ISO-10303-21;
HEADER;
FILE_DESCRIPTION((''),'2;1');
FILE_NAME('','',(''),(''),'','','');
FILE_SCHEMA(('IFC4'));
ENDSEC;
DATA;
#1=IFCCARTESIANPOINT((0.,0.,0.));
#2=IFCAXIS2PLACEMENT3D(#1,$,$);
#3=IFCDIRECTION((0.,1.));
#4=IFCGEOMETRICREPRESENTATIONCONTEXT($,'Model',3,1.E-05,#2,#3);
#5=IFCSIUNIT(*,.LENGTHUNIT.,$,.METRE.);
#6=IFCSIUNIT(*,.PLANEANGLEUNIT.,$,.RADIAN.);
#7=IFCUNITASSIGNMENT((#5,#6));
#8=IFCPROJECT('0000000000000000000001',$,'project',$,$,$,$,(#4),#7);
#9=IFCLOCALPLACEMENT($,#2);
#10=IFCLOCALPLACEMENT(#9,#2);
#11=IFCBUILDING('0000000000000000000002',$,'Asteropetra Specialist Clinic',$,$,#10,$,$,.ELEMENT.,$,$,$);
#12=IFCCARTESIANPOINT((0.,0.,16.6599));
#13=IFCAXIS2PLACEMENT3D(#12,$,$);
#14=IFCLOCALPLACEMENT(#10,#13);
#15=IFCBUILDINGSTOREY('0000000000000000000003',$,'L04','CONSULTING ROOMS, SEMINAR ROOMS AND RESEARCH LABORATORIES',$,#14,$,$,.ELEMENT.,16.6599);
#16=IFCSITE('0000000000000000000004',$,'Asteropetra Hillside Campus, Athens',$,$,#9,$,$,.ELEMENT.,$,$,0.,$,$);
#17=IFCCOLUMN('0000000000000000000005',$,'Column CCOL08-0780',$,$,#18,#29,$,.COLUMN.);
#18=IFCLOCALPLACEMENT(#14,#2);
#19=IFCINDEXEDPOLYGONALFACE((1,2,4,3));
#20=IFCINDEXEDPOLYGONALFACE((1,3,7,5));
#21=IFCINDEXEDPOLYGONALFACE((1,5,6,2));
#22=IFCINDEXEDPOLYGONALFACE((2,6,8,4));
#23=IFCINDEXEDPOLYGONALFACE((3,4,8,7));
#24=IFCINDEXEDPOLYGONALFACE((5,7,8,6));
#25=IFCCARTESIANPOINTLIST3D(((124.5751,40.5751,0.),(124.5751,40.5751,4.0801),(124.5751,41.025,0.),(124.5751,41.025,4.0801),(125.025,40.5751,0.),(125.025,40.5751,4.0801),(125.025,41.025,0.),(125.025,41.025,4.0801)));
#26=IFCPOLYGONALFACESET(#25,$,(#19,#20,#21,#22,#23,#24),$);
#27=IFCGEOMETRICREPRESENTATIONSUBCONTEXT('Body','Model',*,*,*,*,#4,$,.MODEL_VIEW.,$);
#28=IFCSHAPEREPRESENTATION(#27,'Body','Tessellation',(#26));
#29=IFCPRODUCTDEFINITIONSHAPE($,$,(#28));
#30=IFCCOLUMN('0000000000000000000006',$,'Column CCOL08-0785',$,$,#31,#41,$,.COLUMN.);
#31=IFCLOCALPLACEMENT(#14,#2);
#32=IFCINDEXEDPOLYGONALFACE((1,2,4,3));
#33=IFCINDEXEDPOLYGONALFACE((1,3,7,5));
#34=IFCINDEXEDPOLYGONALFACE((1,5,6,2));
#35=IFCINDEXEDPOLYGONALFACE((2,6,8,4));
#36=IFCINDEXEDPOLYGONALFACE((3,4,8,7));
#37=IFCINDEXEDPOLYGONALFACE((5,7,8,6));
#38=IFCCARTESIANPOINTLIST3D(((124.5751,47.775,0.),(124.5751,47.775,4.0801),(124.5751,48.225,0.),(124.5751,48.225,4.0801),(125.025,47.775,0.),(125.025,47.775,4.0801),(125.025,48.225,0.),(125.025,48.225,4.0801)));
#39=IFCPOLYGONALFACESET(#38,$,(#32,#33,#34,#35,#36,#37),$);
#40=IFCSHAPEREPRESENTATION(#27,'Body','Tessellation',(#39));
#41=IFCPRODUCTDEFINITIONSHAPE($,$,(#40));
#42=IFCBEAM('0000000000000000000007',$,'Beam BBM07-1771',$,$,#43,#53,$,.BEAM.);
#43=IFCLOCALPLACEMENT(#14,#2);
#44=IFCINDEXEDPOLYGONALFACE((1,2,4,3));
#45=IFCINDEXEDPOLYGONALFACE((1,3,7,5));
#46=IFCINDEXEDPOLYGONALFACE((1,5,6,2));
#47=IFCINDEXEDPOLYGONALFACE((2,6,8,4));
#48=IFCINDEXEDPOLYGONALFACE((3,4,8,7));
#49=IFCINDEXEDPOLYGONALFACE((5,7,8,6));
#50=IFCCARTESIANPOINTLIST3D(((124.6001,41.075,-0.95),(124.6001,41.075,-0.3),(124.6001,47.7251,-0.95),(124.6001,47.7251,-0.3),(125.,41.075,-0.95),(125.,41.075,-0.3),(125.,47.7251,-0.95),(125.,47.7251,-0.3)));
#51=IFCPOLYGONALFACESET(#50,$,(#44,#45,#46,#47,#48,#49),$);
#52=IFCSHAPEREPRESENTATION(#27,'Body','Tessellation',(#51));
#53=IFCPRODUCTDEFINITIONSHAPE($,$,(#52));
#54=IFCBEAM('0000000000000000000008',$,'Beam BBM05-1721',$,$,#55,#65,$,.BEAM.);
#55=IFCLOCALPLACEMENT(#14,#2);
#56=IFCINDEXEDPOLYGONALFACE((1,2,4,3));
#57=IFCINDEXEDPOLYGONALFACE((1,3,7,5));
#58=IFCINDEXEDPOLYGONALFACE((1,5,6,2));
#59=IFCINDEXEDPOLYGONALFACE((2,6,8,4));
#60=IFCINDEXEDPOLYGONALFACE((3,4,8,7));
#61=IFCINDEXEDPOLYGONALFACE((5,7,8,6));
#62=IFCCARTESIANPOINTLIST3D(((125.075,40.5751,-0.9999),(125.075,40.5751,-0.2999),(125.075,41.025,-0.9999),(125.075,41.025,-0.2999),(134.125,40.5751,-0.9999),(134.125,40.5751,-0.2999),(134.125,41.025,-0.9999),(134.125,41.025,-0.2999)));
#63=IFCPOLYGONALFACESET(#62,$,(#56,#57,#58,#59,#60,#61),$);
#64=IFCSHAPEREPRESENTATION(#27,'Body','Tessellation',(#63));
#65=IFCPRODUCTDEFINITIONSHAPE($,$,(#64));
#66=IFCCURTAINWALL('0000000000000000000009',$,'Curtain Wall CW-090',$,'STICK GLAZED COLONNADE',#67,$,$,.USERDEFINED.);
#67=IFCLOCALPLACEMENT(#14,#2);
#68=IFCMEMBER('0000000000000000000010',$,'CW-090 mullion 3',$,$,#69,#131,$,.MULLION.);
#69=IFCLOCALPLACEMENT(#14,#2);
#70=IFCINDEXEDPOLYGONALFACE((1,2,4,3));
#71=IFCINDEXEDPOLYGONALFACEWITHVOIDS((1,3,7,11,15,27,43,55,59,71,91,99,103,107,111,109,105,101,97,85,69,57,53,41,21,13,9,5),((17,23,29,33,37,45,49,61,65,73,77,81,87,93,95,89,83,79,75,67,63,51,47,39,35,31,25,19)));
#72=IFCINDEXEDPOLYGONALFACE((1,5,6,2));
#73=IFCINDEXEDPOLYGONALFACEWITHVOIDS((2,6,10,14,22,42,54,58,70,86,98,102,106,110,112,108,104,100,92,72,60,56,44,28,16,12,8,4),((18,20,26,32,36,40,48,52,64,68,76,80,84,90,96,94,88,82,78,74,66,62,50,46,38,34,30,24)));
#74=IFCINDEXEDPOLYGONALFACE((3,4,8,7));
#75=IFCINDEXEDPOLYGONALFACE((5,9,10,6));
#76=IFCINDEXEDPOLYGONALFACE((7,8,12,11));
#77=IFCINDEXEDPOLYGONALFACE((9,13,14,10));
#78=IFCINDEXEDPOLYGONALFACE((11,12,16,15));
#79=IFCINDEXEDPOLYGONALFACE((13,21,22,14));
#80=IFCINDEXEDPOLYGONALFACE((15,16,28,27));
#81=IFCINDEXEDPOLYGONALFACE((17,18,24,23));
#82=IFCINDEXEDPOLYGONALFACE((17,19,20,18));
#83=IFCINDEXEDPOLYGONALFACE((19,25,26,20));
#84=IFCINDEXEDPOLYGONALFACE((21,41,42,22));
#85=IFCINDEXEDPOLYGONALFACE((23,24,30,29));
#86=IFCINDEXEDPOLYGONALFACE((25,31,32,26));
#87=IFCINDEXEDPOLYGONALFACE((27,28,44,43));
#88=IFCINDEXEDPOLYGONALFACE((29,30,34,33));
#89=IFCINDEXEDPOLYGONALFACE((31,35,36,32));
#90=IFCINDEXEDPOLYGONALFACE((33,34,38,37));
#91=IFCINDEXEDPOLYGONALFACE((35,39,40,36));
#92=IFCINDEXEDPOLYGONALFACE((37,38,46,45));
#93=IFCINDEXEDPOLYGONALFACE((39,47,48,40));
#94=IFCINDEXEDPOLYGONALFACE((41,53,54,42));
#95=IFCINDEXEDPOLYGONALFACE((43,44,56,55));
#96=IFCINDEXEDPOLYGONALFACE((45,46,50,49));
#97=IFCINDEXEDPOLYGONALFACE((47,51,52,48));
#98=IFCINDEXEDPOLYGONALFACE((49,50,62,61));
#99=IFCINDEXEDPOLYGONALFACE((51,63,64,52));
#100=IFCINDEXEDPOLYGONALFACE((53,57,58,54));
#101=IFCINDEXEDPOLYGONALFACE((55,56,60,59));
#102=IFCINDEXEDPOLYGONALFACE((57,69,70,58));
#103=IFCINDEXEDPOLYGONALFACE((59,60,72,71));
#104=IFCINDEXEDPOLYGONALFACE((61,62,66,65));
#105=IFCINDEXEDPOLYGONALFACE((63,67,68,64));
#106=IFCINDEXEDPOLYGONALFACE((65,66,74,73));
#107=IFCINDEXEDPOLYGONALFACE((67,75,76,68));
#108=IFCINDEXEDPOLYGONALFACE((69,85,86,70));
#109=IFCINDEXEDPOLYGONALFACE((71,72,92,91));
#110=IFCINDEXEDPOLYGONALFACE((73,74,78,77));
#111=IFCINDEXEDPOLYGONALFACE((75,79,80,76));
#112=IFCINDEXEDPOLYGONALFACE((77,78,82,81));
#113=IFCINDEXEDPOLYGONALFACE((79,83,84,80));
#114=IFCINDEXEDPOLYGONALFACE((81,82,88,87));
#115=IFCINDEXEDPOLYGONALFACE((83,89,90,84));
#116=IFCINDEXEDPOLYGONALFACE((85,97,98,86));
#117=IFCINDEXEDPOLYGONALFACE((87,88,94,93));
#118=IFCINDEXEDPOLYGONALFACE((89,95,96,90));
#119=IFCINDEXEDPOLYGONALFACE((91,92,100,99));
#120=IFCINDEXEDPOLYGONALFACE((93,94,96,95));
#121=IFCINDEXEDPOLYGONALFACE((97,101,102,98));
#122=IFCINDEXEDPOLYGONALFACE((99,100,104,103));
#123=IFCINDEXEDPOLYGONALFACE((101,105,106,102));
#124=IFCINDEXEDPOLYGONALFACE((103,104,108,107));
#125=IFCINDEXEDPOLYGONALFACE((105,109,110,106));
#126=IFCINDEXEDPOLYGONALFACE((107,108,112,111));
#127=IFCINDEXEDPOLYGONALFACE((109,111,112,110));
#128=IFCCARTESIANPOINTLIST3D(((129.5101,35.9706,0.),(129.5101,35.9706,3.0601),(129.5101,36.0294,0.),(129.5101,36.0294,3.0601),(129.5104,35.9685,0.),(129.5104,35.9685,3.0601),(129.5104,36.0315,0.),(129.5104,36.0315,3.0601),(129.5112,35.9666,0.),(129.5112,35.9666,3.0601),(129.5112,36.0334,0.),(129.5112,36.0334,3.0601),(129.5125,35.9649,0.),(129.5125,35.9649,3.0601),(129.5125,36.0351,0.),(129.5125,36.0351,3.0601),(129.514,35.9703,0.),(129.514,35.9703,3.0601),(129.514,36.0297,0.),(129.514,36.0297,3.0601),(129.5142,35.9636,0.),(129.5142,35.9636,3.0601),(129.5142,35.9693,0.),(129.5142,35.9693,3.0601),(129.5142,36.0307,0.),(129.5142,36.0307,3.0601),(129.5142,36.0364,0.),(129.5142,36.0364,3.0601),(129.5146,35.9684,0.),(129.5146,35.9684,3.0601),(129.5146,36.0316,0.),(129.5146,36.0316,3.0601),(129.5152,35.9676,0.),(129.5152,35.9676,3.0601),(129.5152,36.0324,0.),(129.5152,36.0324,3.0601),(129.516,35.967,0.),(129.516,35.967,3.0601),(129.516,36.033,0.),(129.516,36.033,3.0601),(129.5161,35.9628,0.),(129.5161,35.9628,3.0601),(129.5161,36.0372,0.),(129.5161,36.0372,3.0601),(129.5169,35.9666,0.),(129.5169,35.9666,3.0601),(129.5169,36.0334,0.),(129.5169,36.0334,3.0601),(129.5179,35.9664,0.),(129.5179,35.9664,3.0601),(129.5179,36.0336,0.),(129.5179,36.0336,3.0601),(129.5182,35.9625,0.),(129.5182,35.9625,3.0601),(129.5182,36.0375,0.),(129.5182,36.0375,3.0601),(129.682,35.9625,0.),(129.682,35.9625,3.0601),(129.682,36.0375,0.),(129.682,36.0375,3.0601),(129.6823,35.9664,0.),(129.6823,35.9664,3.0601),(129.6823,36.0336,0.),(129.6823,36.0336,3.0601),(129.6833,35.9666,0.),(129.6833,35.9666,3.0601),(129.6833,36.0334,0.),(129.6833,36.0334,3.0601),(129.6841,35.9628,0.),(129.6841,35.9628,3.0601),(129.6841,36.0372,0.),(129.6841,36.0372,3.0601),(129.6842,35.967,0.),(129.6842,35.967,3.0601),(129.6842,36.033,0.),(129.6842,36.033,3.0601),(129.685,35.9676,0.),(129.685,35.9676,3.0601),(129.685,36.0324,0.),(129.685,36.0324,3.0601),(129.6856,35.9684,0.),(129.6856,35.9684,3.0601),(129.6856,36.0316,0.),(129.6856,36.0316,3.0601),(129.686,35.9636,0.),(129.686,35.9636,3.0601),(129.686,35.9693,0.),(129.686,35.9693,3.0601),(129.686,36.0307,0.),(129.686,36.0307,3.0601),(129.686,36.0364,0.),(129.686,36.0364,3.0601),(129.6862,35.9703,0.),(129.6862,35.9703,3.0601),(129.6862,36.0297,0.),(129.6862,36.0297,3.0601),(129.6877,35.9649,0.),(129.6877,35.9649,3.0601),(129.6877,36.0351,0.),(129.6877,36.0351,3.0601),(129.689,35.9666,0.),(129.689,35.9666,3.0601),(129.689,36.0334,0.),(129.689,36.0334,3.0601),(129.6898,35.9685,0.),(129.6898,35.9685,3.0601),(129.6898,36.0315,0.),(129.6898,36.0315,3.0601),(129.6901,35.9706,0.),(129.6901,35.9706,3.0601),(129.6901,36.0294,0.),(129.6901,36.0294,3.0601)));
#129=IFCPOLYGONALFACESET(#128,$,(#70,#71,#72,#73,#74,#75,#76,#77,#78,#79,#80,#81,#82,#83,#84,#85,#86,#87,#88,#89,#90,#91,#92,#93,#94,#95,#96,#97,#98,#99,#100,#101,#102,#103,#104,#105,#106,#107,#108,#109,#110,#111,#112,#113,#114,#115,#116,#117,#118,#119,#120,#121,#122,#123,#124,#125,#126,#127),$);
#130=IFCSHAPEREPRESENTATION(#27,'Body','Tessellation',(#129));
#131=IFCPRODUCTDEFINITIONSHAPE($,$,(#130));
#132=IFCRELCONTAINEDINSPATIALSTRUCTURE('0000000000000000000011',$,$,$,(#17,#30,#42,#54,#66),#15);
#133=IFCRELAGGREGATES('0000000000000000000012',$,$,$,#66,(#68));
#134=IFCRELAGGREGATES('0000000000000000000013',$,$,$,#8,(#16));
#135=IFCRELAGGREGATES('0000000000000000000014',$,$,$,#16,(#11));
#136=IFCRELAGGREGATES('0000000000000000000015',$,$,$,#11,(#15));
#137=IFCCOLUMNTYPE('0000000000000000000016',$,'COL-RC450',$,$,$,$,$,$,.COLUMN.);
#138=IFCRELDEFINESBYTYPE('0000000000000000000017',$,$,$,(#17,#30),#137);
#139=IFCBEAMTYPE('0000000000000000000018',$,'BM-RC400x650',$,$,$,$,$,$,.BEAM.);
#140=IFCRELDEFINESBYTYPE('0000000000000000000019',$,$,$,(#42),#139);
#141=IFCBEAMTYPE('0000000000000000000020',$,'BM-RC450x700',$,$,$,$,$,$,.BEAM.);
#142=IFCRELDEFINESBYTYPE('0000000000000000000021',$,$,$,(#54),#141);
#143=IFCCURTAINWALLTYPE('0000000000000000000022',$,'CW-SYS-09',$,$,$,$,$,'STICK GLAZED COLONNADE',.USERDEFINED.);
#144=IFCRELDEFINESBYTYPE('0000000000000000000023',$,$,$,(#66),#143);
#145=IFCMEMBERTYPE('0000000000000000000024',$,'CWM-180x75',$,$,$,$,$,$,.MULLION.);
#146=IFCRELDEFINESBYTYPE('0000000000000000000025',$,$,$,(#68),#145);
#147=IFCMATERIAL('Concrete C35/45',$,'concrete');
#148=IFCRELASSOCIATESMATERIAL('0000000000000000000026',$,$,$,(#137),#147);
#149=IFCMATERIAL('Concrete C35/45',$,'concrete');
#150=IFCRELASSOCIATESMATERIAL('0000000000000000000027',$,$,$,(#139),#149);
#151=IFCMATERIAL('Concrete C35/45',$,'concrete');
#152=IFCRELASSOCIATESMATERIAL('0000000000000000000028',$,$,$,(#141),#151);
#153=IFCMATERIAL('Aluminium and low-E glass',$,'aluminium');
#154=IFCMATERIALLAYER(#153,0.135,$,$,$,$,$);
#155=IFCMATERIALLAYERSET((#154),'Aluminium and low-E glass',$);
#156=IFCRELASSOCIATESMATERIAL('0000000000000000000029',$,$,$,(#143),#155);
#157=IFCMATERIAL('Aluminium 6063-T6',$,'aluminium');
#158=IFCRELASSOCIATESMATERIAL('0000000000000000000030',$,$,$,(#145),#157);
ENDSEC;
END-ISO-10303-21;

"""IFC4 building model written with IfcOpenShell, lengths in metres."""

from ifc_helpers import new_model, si_unit, direction, frame, origin, origin_2d, place, context, subcontext, project, spatial, rectangle, hollow_rectangle, extrude, material, layer, layer_set, material_profile, profile_set, type_object, element, aggregate, save


model = new_model("IFC4")

# Units and contexts
model_context = context("Model", 3, precision=1e-05, world=origin(), true_north=direction((0.0, 1.0)))
body_context = subcontext(model_context, "Body", "Model", "MODEL_VIEW")
ifc_project = project(units=[si_unit("LENGTHUNIT", "METRE"), si_unit("PLANEANGLEUNIT", "RADIAN")], contexts=[model_context])

# Site, building, storey
site_placement = place(None, origin())
site = spatial("IfcSite", under=ifc_project, at=site_placement, Name="Asteropetra Hillside Campus, Athens", CompositionType="ELEMENT", RefElevation=0.0)
building_placement = place(site_placement, origin())
building = spatial("IfcBuilding", under=site, at=building_placement, Name="Asteropetra Specialist Clinic", CompositionType="ELEMENT")
storey_placement = place(building_placement, frame((0.0, 0.0, 16.6599)))
storey = spatial("IfcBuildingStorey", under=building, at=storey_placement, Name="L04", Description="CONSULTING ROOMS, SEMINAR ROOMS AND RESEARCH LABORATORIES", CompositionType="ELEMENT", Elevation=16.6599)

# Columns
ifc_material_1 = material(Name="Concrete C35/45", Category="concrete")
ifc_material_profile_1 = material_profile(ifc_material_1, rectangle(XDim=0.45, YDim=0.45, at=origin_2d()), Name="RC 450x450")
ifc_profile_set_1 = profile_set([ifc_material_profile_1], Name="Concrete C35/45")
column_type = type_object("IfcColumnType", Name="COL-RC450", PredefinedType="COLUMN", material=ifc_profile_set_1)
for number, where, z_axis, x_axis, name in (
    (1, (124.8, 40.8, 0.0), (0.0, 0.0, 1.0), (1.0, 0.0, 0.0), "Column CCOL08-0780"),
    (2, (124.8, 48.0, 0.0), (0.0, 0.0, 1.0), (1.0, 0.0, 0.0), "Column CCOL08-0785"),
):
    element("IfcColumn", number, at=place(storey_placement, frame(where, z_axis=z_axis, x_axis=x_axis)), inside=storey, type_object=column_type, Name=name, PredefinedType="COLUMN", context=body_context, shape_type="SweptSolid", body=[
        extrude(rectangle(XDim=0.45, YDim=0.45, at=origin_2d()), origin(), (0.0, 0.0, 1.0), 4.0801),
    ])

# Beams
ifc_material_2 = material(Name="Concrete C35/45", Category="concrete")
ifc_material_profile_2 = material_profile(ifc_material_2, rectangle(XDim=0.3999, YDim=0.6499, at=origin_2d()), Name="RCB 400x650")
ifc_profile_set_2 = profile_set([ifc_material_profile_2], Name="Concrete C35/45")
beam_type_1 = type_object("IfcBeamType", Name="BM-RC400x650", PredefinedType="BEAM", material=ifc_profile_set_2)
beam_1_placement = place(storey_placement, frame((124.8, 41.075, -0.625), z_axis=(0.0, 1.0, 0.0), x_axis=(-1.0, 0.0, 0.0)))
element("IfcBeam", 3, at=beam_1_placement, inside=storey, type_object=beam_type_1, Name="Beam BBM07-1771", PredefinedType="BEAM", context=body_context, shape_type="SweptSolid", body=[
    extrude(rectangle(XDim=0.3999, YDim=0.6499, at=origin_2d()), origin(), (0.0, 0.0, 1.0), 6.6501),
])
ifc_material_3 = material(Name="Concrete C35/45", Category="concrete")
ifc_material_profile_3 = material_profile(ifc_material_3, rectangle(XDim=0.45, YDim=0.7, at=origin_2d()), Name="RCB 450x700")
ifc_profile_set_3 = profile_set([ifc_material_profile_3], Name="Concrete C35/45")
beam_type_2 = type_object("IfcBeamType", Name="BM-RC450x700", PredefinedType="BEAM", material=ifc_profile_set_3)
beam_2_placement = place(storey_placement, frame((125.075, 40.8, -0.6499), z_axis=(1.0, 0.0, 0.0), x_axis=(0.0, 1.0, 0.0)))
element("IfcBeam", 4, at=beam_2_placement, inside=storey, type_object=beam_type_2, Name="Beam BBM05-1721", PredefinedType="BEAM", context=body_context, shape_type="SweptSolid", body=[
    extrude(rectangle(XDim=0.45, YDim=0.7, at=origin_2d()), origin(), (0.0, 0.0, 1.0), 9.05),
])

# Curtain wall, member
ifc_material_4 = material(Name="Aluminium and low-E glass", Category="aluminium")
ifc_layer_1 = layer(ifc_material_4, 0.135)
ifc_layer_set_1 = layer_set([ifc_layer_1], Name="Aluminium and low-E glass")
curtain_wall_type = type_object("IfcCurtainWallType", Name="CW-SYS-09", ElementType="STICK GLAZED COLONNADE", PredefinedType="USERDEFINED", material=ifc_layer_set_1)
curtain_wall_placement = place(storey_placement, origin())
curtain_wall = element("IfcCurtainWall", 5, at=curtain_wall_placement, inside=storey, type_object=curtain_wall_type, Name="Curtain Wall CW-090", ObjectType="STICK GLAZED COLONNADE", PredefinedType="USERDEFINED")
ifc_material_5 = material(Name="Aluminium 6063-T6", Category="aluminium")
ifc_material_profile_4 = material_profile(ifc_material_5, hollow_rectangle(XDim=0.075, YDim=0.1799, WallThickness=0.0039, InnerFilletRadius=0.0039, OuterFilletRadius=0.0081, at=origin_2d()), Name="MUL 180x75x4.0")
ifc_profile_set_4 = profile_set([ifc_material_profile_4], Name="Aluminium 6063-T6")
member_type_1 = type_object("IfcMemberType", Name="CWM-180x75", PredefinedType="MULLION", material=ifc_profile_set_4)
member_1_placement = place(storey_placement, frame((129.6001, 36.0, 0.0), z_axis=(0.0, 0.0, 1.0), x_axis=(0.0, -1.0, 0.0)))
member_1 = element("IfcMember", 6, at=member_1_placement, type_object=member_type_1, Name="CW-090 mullion 3", PredefinedType="MULLION", context=body_context, shape_type="SweptSolid", body=[
    extrude(hollow_rectangle(XDim=0.075, YDim=0.1799, WallThickness=0.0039, InnerFilletRadius=0.0039, OuterFilletRadius=0.0081, at=origin_2d()), origin(), (0.0, 0.0, 1.0), 3.0601),
])
aggregate(curtain_wall, [member_1])

save(model, "model.ifc")
